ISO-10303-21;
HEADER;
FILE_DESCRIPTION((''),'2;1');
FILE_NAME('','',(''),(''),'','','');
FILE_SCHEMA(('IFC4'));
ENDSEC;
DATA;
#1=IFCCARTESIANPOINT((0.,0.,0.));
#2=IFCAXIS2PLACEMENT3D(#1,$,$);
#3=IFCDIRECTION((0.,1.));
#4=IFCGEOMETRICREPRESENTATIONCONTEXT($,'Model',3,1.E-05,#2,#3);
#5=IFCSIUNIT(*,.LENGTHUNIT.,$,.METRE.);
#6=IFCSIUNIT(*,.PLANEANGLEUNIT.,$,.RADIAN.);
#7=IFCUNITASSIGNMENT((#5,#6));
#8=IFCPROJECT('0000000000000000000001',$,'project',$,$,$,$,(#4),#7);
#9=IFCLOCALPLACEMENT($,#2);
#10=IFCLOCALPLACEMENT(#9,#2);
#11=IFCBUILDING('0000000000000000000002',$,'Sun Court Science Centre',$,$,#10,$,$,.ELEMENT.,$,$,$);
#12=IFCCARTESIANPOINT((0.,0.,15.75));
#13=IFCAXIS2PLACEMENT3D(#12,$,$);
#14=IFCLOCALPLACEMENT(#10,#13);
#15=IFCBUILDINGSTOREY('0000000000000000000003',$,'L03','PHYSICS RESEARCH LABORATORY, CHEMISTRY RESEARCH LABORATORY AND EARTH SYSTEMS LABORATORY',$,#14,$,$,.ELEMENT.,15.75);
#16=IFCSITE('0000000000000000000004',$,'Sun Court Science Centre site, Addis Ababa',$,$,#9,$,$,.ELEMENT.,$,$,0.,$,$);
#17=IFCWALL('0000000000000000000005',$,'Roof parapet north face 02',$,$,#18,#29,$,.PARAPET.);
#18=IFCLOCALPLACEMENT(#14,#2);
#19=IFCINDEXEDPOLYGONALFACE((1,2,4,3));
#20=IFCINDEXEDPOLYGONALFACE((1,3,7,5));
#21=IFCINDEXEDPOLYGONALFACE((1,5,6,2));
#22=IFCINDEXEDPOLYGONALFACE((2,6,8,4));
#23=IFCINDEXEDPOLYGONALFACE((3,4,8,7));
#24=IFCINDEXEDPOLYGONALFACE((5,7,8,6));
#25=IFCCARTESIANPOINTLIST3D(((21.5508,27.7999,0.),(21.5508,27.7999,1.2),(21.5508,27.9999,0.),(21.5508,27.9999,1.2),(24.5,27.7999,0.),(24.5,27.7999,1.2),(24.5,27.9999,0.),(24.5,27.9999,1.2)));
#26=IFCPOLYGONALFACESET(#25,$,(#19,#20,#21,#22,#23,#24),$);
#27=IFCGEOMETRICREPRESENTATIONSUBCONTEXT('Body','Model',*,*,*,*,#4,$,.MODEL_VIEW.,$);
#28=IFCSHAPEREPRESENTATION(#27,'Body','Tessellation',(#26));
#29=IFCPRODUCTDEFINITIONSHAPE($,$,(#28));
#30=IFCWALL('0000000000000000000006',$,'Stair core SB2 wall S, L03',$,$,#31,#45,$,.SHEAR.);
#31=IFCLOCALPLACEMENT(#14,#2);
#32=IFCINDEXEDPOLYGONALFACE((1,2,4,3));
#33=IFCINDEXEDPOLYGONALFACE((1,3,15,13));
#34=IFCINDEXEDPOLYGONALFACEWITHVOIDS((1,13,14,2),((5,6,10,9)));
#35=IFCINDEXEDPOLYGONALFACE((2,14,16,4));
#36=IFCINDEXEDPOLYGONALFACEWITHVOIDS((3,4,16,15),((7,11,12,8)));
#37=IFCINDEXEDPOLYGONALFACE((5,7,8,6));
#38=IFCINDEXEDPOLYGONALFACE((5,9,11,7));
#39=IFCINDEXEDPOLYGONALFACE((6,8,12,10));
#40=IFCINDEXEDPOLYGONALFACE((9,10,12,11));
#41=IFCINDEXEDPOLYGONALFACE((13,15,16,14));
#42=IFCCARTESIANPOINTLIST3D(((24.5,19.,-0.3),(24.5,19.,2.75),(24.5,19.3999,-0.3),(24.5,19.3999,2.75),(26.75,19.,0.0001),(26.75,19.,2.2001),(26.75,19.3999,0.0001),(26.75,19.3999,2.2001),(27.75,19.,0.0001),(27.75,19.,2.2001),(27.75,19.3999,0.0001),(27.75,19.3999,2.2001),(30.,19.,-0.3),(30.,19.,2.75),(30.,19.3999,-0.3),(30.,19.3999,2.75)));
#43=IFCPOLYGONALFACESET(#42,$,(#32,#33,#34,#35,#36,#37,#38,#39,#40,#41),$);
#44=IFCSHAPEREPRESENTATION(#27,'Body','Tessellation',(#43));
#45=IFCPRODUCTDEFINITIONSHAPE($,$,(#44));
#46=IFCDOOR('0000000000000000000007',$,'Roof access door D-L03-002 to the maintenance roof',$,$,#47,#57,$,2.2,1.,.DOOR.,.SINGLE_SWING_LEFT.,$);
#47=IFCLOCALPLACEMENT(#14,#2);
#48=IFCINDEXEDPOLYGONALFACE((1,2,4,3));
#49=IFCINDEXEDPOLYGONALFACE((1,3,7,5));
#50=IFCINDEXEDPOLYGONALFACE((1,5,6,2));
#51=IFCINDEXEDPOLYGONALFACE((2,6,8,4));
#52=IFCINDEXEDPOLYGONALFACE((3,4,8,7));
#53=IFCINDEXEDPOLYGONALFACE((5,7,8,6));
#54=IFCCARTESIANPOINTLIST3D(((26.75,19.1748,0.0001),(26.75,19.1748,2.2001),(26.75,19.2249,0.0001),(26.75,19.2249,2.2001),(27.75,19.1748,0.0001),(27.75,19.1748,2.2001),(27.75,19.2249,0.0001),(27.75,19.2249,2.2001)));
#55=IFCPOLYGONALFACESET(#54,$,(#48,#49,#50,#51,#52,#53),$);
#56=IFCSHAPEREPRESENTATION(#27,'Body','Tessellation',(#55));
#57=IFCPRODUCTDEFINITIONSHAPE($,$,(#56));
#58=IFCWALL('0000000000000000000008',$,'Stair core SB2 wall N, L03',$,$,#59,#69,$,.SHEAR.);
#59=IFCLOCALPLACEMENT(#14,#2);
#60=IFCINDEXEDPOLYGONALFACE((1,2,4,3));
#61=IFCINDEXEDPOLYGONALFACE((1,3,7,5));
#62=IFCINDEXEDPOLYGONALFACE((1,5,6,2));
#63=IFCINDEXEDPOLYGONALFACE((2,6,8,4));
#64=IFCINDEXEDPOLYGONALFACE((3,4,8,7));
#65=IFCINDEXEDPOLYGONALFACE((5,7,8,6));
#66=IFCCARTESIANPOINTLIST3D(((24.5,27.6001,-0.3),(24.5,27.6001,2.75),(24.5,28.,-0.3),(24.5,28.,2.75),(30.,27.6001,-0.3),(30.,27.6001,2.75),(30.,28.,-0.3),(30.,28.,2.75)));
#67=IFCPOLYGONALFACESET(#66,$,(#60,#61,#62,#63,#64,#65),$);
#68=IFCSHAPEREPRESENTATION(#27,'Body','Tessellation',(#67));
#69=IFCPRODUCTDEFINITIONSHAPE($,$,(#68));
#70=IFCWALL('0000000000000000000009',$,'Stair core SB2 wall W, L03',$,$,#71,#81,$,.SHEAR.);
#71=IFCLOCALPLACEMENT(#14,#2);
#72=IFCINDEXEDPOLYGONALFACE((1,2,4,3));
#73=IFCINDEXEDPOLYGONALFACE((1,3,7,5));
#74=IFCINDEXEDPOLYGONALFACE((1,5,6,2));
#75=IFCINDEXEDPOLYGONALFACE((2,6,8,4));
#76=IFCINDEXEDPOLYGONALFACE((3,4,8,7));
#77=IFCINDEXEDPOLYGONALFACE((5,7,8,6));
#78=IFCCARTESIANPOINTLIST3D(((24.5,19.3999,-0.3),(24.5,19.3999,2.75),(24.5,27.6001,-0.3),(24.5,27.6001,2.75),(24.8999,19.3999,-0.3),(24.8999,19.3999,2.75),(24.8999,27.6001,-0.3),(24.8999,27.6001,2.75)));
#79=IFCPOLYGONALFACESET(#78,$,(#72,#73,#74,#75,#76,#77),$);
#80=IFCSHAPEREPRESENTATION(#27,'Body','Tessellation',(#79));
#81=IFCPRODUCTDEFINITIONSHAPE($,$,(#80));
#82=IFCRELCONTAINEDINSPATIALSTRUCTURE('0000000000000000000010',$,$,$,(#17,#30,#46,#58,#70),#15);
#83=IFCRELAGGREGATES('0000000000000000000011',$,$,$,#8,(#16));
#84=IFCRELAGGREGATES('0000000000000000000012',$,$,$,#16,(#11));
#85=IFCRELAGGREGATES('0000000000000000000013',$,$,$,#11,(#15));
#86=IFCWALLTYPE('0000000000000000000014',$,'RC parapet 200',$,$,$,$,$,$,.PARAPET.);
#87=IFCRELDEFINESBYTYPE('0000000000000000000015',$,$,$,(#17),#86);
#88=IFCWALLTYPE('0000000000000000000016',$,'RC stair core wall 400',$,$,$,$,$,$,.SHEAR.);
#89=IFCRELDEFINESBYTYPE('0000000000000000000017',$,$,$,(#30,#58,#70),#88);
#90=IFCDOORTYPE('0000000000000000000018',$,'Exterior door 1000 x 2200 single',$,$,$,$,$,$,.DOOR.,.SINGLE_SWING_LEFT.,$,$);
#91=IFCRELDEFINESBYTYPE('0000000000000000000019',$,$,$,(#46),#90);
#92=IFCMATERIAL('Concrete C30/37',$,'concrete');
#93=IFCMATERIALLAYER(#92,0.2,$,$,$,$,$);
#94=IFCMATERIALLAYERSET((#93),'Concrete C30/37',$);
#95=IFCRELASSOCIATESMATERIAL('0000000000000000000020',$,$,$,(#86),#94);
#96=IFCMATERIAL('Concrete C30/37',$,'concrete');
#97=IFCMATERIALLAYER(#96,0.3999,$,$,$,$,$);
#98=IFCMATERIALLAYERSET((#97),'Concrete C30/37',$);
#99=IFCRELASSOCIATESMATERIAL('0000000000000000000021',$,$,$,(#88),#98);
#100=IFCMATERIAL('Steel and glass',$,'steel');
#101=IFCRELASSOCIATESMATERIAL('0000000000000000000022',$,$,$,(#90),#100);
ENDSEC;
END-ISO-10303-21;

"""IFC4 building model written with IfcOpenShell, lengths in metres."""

from ifc_helpers import new_model, si_unit, direction, frame, frame_2d, origin, place, context, subcontext, project, spatial, rectangle, extrude, material, layer, layer_set, type_object, element, fill, save


model = new_model("IFC4")

# Units and contexts
model_context = context("Model", 3, precision=1e-05, world=origin(), true_north=direction((0.0, 1.0)))
body_context = subcontext(model_context, "Body", "Model", "MODEL_VIEW")
ifc_project = project(units=[si_unit("LENGTHUNIT", "METRE"), si_unit("PLANEANGLEUNIT", "RADIAN")], contexts=[model_context])

# Site, building, storey
site_placement = place(None, origin())
site = spatial("IfcSite", under=ifc_project, at=site_placement, Name="Sun Court Science Centre site, Addis Ababa", CompositionType="ELEMENT", RefElevation=0.0)
building_placement = place(site_placement, origin())
building = spatial("IfcBuilding", under=site, at=building_placement, Name="Sun Court Science Centre", CompositionType="ELEMENT")
storey_placement = place(building_placement, frame((0.0, 0.0, 15.75)))
storey = spatial("IfcBuildingStorey", under=building, at=storey_placement, Name="L03", Description="PHYSICS RESEARCH LABORATORY, CHEMISTRY RESEARCH LABORATORY AND EARTH SYSTEMS LABORATORY", CompositionType="ELEMENT", Elevation=15.75)

# Wall
ifc_material_1 = material(Name="Concrete C30/37", Category="concrete")
ifc_layer_1 = layer(ifc_material_1, 0.2)
ifc_layer_set_1 = layer_set([ifc_layer_1], Name="Concrete C30/37")
wall_type_1 = type_object("IfcWallType", Name="RC parapet 200", PredefinedType="PARAPET", material=ifc_layer_set_1)
wall_1_placement = place(storey_placement, frame((21.5508, 27.8999, 0.0), z_axis=(0.0, 0.0, 1.0), x_axis=(1.0, 0.0, 0.0)))
element("IfcWall", 1, at=wall_1_placement, inside=storey, type_object=wall_type_1, Name="Roof parapet north face 02", PredefinedType="PARAPET", context=body_context, shape_type="SweptSolid", body=[
    extrude(rectangle(XDim=2.9492, YDim=0.2, at=frame_2d((1.4746, 0.0))), origin(), (0.0, 0.0, 1.0), 1.2),
])

# Wall, opening, door
ifc_material_2 = material(Name="Concrete C30/37", Category="concrete")
ifc_layer_2 = layer(ifc_material_2, 0.3999)
ifc_layer_set_2 = layer_set([ifc_layer_2], Name="Concrete C30/37")
wall_type_2 = type_object("IfcWallType", Name="RC stair core wall 400", PredefinedType="SHEAR", material=ifc_layer_set_2)
wall_2_placement = place(storey_placement, frame((24.5, 19.2, -0.3), z_axis=(0.0, 0.0, 1.0), x_axis=(1.0, 0.0, 0.0)))
wall_2 = element("IfcWall", 2, at=wall_2_placement, inside=storey, type_object=wall_type_2, Name="Stair core SB2 wall S, L03", PredefinedType="SHEAR", context=body_context, shape_type="SweptSolid", body=[
    extrude(rectangle(XDim=5.5, YDim=0.3999, at=frame_2d((2.75, 0.0))), origin(), (0.0, 0.0, 1.0), 3.05),
])
opening_1_placement = place(wall_2_placement, frame((2.25, 0.0, 0.3)))
opening_1 = element("IfcOpeningElement", 3, at=opening_1_placement, cuts=wall_2, PredefinedType="OPENING", context=body_context, shape_type="SweptSolid", body=[
    extrude(rectangle(XDim=1.0, YDim=2.2, at=frame_2d((0.5, 1.1001))), frame((0.0, 0.21, 0.0), z_axis=(0.0, -1.0, 0.0), x_axis=(1.0, 0.0, 0.0)), (0.0, 0.0, 1.0), 0.4199),
])
ifc_material_3 = material(Name="Steel and glass", Category="steel")
door_type = type_object("IfcDoorType", Name="Exterior door 1000 x 2200 single", OperationType="SINGLE_SWING_LEFT", PredefinedType="DOOR", material=ifc_material_3)
door_placement = place(opening_1_placement, origin())
door = element("IfcDoor", 4, at=door_placement, inside=storey, type_object=door_type, Name="Roof access door D-L03-002 to the maintenance roof", OperationType="SINGLE_SWING_LEFT", OverallHeight=2.2, OverallWidth=1.0, PredefinedType="DOOR", context=body_context, shape_type="SweptSolid", body=[
    extrude(rectangle(XDim=1.0, YDim=2.2, at=frame_2d((0.5, 1.1001))), frame((0.0, 0.0249, 0.0), z_axis=(0.0, -1.0, 0.0), x_axis=(1.0, 0.0, 0.0)), (0.0, 0.0, 1.0), 0.05),
])
fill(opening_1, door)

# Walls
wall_3_placement = place(storey_placement, frame((24.5, 27.8, -0.3), z_axis=(0.0, 0.0, 1.0), x_axis=(1.0, 0.0, 0.0)))
element("IfcWall", 5, at=wall_3_placement, inside=storey, type_object=wall_type_2, Name="Stair core SB2 wall N, L03", PredefinedType="SHEAR", context=body_context, shape_type="SweptSolid", body=[
    extrude(rectangle(XDim=5.5, YDim=0.3999, at=frame_2d((2.75, 0.0))), origin(), (0.0, 0.0, 1.0), 3.05),
])
wall_4_placement = place(storey_placement, frame((24.7, 19.3999, -0.3), z_axis=(0.0, 0.0, 1.0), x_axis=(0.0, 1.0, 0.0)))
element("IfcWall", 6, at=wall_4_placement, inside=storey, type_object=wall_type_2, Name="Stair core SB2 wall W, L03", PredefinedType="SHEAR", context=body_context, shape_type="SweptSolid", body=[
    extrude(rectangle(XDim=8.2002, YDim=0.3999, at=frame_2d((4.1001, 0.0))), origin(), (0.0, 0.0, 1.0), 3.05),
])

save(model, "model.ifc")
